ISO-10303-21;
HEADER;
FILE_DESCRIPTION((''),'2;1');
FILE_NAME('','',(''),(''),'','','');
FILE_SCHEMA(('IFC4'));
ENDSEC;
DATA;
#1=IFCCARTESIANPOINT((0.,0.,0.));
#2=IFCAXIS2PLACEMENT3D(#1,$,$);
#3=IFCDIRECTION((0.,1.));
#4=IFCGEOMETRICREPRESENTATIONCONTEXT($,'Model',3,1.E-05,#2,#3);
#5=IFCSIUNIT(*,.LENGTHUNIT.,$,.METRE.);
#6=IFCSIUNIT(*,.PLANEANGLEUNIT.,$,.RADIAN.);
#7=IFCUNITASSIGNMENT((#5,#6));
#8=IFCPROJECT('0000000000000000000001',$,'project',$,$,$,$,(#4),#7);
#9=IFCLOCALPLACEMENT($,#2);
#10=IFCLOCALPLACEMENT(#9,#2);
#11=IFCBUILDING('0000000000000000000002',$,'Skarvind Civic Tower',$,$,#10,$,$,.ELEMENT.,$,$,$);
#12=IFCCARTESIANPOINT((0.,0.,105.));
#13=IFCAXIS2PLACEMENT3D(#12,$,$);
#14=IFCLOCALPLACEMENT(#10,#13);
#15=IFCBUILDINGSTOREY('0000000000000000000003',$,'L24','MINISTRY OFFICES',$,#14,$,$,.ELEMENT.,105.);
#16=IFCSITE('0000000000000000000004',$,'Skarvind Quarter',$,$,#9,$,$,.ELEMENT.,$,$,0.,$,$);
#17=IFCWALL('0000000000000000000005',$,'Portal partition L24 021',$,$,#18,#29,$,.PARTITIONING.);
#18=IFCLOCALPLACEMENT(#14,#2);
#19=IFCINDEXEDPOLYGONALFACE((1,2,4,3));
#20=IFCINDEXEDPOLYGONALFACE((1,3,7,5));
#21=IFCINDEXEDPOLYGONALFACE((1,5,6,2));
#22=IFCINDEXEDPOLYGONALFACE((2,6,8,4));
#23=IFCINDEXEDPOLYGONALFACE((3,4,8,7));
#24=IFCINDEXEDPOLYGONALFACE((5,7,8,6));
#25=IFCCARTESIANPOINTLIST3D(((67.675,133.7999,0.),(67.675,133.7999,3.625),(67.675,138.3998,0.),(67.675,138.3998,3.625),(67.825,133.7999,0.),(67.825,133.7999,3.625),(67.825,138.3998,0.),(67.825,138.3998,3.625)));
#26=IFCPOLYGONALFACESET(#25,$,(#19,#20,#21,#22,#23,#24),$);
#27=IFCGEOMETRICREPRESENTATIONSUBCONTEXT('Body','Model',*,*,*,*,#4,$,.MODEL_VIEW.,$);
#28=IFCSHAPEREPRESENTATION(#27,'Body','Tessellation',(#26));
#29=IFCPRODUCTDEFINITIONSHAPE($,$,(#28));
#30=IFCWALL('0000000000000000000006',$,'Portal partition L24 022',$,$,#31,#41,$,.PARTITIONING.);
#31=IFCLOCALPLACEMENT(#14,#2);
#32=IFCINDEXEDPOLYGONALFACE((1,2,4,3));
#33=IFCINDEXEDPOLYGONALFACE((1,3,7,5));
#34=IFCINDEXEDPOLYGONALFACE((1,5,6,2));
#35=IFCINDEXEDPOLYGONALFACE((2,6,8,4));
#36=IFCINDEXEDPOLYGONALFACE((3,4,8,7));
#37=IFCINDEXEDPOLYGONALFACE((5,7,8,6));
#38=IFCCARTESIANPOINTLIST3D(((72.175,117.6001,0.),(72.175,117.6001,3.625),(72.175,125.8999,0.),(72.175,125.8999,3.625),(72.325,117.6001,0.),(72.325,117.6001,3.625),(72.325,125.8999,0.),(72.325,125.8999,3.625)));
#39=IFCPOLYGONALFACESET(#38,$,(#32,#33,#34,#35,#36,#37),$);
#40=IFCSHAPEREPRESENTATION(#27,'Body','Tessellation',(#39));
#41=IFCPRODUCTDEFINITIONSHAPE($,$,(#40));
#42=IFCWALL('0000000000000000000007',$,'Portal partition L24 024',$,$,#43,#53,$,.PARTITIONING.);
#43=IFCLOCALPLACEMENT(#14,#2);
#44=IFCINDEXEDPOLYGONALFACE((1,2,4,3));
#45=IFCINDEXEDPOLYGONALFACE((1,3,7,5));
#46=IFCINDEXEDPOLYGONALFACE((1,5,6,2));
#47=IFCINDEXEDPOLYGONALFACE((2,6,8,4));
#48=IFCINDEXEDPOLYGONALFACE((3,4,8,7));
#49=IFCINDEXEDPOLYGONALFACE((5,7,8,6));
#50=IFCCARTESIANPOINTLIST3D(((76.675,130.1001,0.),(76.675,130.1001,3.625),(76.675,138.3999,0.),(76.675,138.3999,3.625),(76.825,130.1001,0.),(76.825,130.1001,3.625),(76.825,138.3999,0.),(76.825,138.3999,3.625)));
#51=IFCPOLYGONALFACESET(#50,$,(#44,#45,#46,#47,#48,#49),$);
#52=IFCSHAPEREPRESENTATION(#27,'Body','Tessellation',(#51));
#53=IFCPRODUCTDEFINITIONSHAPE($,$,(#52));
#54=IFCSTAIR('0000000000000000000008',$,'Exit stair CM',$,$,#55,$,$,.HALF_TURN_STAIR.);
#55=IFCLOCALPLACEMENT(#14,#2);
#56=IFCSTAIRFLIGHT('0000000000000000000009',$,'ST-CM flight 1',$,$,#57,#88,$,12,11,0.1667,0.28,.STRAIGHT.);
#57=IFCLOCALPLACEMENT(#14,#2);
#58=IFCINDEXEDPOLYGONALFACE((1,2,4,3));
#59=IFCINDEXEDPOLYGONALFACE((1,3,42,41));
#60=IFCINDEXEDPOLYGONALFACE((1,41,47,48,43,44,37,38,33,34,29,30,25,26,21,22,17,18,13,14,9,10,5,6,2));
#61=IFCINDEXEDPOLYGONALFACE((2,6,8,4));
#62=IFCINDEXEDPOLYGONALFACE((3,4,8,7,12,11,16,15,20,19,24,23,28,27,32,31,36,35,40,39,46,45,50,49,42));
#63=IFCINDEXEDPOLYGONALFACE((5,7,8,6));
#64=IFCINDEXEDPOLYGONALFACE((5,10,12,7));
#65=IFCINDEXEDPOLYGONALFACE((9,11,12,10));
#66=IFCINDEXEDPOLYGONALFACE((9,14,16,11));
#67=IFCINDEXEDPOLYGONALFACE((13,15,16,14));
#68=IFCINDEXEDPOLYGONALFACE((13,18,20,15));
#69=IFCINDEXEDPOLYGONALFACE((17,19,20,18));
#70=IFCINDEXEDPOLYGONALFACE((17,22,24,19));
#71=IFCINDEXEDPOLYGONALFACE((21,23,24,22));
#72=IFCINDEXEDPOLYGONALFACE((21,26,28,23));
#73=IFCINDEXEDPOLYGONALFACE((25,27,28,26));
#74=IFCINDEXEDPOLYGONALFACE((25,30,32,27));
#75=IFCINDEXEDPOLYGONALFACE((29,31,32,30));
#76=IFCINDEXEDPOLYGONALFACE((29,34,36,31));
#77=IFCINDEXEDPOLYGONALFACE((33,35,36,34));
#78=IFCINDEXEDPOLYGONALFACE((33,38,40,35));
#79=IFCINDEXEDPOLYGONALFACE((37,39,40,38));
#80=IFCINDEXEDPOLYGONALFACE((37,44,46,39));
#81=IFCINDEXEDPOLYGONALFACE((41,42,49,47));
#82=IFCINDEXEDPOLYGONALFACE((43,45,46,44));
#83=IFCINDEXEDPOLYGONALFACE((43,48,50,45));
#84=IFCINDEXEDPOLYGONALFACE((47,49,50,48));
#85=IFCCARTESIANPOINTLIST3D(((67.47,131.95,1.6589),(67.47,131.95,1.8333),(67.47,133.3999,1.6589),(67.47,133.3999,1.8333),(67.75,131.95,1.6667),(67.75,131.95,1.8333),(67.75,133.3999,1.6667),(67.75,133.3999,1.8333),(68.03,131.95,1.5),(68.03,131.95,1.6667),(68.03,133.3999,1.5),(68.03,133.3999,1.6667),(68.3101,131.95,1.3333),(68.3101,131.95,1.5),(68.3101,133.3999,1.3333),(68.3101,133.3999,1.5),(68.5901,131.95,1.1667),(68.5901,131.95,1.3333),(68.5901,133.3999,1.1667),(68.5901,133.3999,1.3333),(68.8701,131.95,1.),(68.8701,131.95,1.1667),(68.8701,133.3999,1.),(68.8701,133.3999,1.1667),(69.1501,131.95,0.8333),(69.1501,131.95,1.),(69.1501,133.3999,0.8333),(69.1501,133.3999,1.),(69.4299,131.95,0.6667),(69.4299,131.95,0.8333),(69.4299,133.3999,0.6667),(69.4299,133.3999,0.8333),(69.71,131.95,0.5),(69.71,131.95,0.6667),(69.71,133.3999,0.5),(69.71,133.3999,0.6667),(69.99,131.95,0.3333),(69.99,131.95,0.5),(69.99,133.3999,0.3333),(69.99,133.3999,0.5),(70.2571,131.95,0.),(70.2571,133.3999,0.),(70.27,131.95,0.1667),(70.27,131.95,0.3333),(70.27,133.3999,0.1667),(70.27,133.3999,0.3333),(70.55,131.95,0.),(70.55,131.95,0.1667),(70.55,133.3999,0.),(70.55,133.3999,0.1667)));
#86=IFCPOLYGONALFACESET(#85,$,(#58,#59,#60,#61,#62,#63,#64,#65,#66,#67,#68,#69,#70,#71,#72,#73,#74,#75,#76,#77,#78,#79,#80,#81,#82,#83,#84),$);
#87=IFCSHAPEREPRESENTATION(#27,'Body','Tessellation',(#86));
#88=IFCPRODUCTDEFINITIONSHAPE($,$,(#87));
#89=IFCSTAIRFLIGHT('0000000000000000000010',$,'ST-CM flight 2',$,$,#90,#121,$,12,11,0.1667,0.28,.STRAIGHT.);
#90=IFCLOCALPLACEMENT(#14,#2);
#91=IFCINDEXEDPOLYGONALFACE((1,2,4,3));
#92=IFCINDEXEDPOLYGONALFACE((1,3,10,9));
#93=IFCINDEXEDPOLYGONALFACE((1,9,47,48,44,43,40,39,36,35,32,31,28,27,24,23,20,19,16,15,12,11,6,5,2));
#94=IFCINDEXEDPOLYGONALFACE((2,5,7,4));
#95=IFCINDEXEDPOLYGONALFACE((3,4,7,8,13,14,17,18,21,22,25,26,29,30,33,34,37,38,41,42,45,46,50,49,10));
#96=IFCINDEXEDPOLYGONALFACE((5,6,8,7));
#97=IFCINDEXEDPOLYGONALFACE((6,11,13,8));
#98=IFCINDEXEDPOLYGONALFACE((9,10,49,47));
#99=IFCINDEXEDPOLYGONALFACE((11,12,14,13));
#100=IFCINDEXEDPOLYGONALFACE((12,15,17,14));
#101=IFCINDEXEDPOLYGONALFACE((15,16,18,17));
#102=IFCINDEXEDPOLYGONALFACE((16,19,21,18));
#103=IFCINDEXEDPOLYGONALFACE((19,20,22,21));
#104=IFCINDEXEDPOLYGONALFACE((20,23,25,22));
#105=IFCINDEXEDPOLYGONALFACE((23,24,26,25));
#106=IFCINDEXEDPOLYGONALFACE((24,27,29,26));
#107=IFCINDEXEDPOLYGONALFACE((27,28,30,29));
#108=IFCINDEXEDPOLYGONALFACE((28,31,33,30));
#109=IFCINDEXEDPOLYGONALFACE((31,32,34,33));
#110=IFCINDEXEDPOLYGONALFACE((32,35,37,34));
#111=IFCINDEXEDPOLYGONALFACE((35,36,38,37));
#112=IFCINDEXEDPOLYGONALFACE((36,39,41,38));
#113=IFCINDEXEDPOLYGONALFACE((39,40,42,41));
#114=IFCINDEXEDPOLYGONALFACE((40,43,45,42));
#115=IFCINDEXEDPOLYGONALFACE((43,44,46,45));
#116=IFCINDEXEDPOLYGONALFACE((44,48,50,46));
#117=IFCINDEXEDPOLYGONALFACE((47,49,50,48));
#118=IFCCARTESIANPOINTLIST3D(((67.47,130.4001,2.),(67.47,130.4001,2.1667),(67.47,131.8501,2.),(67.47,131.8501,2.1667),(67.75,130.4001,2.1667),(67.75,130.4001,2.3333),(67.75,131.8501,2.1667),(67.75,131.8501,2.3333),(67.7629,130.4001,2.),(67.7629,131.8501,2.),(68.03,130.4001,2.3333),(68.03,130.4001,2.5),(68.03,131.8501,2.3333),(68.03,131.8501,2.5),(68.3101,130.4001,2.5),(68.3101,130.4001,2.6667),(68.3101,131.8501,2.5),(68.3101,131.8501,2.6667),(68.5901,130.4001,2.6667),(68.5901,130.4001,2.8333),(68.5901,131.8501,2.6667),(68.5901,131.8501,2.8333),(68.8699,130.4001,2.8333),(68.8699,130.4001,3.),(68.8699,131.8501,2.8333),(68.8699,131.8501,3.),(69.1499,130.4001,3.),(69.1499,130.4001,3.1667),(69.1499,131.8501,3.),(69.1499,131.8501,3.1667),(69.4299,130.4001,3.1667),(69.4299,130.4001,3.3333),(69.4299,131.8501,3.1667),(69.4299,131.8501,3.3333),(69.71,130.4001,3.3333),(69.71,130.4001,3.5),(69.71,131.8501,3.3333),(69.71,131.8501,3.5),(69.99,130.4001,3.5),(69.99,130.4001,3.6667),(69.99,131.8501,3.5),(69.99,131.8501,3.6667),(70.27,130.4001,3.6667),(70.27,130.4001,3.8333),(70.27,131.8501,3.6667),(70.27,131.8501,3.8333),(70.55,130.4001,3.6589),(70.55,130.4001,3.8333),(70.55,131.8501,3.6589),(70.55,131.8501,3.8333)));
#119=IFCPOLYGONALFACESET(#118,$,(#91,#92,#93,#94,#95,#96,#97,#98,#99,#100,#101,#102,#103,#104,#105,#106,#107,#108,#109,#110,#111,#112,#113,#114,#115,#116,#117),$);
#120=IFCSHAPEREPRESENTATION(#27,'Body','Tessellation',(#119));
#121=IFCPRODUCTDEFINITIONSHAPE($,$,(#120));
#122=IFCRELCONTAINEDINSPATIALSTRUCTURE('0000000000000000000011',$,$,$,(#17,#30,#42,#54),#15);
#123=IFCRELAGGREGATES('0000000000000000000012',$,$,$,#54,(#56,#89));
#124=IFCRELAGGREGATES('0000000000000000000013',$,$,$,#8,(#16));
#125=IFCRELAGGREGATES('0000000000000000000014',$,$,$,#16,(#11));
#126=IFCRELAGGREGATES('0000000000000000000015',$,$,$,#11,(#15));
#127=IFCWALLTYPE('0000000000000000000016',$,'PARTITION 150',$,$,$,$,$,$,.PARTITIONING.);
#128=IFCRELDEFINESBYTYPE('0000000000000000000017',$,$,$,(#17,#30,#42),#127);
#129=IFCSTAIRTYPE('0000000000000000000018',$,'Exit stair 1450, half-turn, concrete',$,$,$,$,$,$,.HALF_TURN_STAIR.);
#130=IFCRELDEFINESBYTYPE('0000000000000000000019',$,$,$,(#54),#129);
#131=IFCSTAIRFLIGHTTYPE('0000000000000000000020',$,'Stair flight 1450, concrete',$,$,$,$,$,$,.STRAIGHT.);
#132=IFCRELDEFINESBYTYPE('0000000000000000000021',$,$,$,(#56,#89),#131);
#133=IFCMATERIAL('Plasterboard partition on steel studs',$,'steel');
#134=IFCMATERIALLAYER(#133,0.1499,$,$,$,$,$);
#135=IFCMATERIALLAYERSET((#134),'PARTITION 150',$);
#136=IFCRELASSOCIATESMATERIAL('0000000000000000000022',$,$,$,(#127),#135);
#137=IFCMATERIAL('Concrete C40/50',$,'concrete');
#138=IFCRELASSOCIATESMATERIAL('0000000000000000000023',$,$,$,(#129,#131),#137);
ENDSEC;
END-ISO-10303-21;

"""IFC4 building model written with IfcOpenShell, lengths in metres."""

from ifc_helpers import new_model, si_unit, direction, frame, frame_2d, origin, place, context, subcontext, project, spatial, polyline, rectangle, outline, extrude, material, layer, layer_set, type_object, element, aggregate, save


model = new_model("IFC4")

# Units and contexts
model_context = context("Model", 3, precision=1e-05, world=origin(), true_north=direction((0.0, 1.0)))
body_context = subcontext(model_context, "Body", "Model", "MODEL_VIEW")
ifc_project = project(units=[si_unit("LENGTHUNIT", "METRE"), si_unit("PLANEANGLEUNIT", "RADIAN")], contexts=[model_context])

# Site, building, storey
site_placement = place(None, origin())
site = spatial("IfcSite", under=ifc_project, at=site_placement, Name="Skarvind Quarter", CompositionType="ELEMENT", RefElevation=0.0)
building_placement = place(site_placement, origin())
building = spatial("IfcBuilding", under=site, at=building_placement, Name="Skarvind Civic Tower", CompositionType="ELEMENT")
storey_placement = place(building_placement, frame((0.0, 0.0, 105.0)))
storey = spatial("IfcBuildingStorey", under=building, at=storey_placement, Name="L24", Description="MINISTRY OFFICES", CompositionType="ELEMENT", Elevation=105.0)

# Walls
ifc_material_1 = material(Name="Plasterboard partition on steel studs", Category="steel")
ifc_layer_1 = layer(ifc_material_1, 0.1499)
ifc_layer_set_1 = layer_set([ifc_layer_1], Name="PARTITION 150")
wall_type_1 = type_object("IfcWallType", Name="PARTITION 150", PredefinedType="PARTITIONING", material=ifc_layer_set_1)
wall_1_placement = place(storey_placement, frame((67.75, 133.8, 0.0), z_axis=(0.0, 0.0, 1.0), x_axis=(0.0, 1.0, 0.0)))
element("IfcWall", 1, at=wall_1_placement, inside=storey, type_object=wall_type_1, Name="Portal partition L24 021", PredefinedType="PARTITIONING", context=body_context, shape_type="SweptSolid", body=[
    extrude(rectangle(XDim=4.5999, YDim=0.1499, at=frame_2d((2.2998, 0.0))), origin(), (0.0, 0.0, 1.0), 3.625),
])
for number, where, z_axis, x_axis, name in (
    (2, (72.25, 117.6001, 0.0), (0.0, 0.0, 1.0), (0.0, 1.0, 0.0), "Portal partition L24 022"),
    (3, (76.75, 130.1001, 0.0), (0.0, 0.0, 1.0), (0.0, 1.0, 0.0), "Portal partition L24 024"),
):
    element("IfcWall", number, at=place(storey_placement, frame(where, z_axis=z_axis, x_axis=x_axis)), inside=storey, type_object=wall_type_1, Name=name, PredefinedType="PARTITIONING", context=body_context, shape_type="SweptSolid", body=[
        extrude(rectangle(XDim=8.2998, YDim=0.1499, at=frame_2d((4.1499, 0.0))), origin(), (0.0, 0.0, 1.0), 3.625),
    ])

# Stair, stair flights
ifc_material_2 = material(Name="Concrete C40/50", Category="concrete")
stair_type = type_object("IfcStairType", Name="Exit stair 1450, half-turn, concrete", PredefinedType="HALF_TURN_STAIR", material=ifc_material_2)
stair_placement = place(storey_placement, origin())
stair = element("IfcStair", 4, at=stair_placement, inside=storey, type_object=stair_type, Name="Exit stair CM", PredefinedType="HALF_TURN_STAIR")
stair_flight_type = type_object("IfcStairFlightType", Name="Stair flight 1450, concrete", PredefinedType="STRAIGHT", material=ifc_material_2)
stair_flight_1_placement = place(storey_placement, frame((70.55, 132.675, 0.0), z_axis=(0.0, 0.0, 1.0), x_axis=(-1.0, 0.0, 0.0)))
stair_flight_1 = element("IfcStairFlight", 5, at=stair_flight_1_placement, type_object=stair_flight_type, Name="ST-CM flight 1", NumberOfRisers=12, NumberOfTreads=11, PredefinedType="STRAIGHT", RiserHeight=0.1667, TreadLength=0.28, context=body_context, shape_type="SweptSolid", body=[
    extrude(outline(polyline([(0.0, 0.0), (0.0, 0.1667), (0.28, 0.1667), (0.28, 0.3333), (0.5601, 0.3333), (0.5601, 0.5), (0.8401, 0.5), (0.8401, 0.6667), (1.1201, 0.6667), (1.1201, 0.8333), (1.3999, 0.8333), (1.3999, 1.0), (1.6799, 1.0), (1.6799, 1.1667), (1.96, 1.1667), (1.96, 1.3333), (2.24, 1.3333), (2.24, 1.5), (2.52, 1.5), (2.52, 1.6667), (2.8, 1.6667), (2.8, 1.8333), (3.0801, 1.8333), (3.0801, 2.0), (3.0801, 1.6589), (0.293, 0.0), (0.0, 0.0)])), frame((0.0, 0.7251, 0.0), z_axis=(0.0, -1.0, 0.0), x_axis=(1.0, 0.0, 0.0)), (0.0, 0.0, 1.0), 1.45),
])
stair_flight_2_placement = place(storey_placement, frame((67.47, 131.125, 2.0), z_axis=(0.0, 0.0, 1.0), x_axis=(1.0, 0.0, 0.0)))
stair_flight_2 = element("IfcStairFlight", 6, at=stair_flight_2_placement, type_object=stair_flight_type, Name="ST-CM flight 2", NumberOfRisers=12, NumberOfTreads=11, PredefinedType="STRAIGHT", RiserHeight=0.1667, TreadLength=0.28, context=body_context, shape_type="SweptSolid", body=[
    extrude(outline(polyline([(0.0, 0.0), (0.0, 0.1667), (0.28, 0.1667), (0.28, 0.3333), (0.5601, 0.3333), (0.5601, 0.5), (0.8401, 0.5), (0.8401, 0.6667), (1.1201, 0.6667), (1.1201, 0.8333), (1.3999, 0.8333), (1.3999, 1.0), (1.6799, 1.0), (1.6799, 1.1667), (1.96, 1.1667), (1.96, 1.3333), (2.24, 1.3333), (2.24, 1.5), (2.52, 1.5), (2.52, 1.6667), (2.8, 1.6667), (2.8, 1.8333), (3.0801, 1.8333), (3.0801, 2.0), (3.0801, 1.6589), (0.293, 0.0), (0.0, 0.0)])), frame((0.0, 0.7251, 0.0), z_axis=(0.0, -1.0, 0.0), x_axis=(1.0, 0.0, 0.0)), (0.0, 0.0, 1.0), 1.45),
])
aggregate(stair, [stair_flight_1, stair_flight_2])

save(model, "model.ifc")
